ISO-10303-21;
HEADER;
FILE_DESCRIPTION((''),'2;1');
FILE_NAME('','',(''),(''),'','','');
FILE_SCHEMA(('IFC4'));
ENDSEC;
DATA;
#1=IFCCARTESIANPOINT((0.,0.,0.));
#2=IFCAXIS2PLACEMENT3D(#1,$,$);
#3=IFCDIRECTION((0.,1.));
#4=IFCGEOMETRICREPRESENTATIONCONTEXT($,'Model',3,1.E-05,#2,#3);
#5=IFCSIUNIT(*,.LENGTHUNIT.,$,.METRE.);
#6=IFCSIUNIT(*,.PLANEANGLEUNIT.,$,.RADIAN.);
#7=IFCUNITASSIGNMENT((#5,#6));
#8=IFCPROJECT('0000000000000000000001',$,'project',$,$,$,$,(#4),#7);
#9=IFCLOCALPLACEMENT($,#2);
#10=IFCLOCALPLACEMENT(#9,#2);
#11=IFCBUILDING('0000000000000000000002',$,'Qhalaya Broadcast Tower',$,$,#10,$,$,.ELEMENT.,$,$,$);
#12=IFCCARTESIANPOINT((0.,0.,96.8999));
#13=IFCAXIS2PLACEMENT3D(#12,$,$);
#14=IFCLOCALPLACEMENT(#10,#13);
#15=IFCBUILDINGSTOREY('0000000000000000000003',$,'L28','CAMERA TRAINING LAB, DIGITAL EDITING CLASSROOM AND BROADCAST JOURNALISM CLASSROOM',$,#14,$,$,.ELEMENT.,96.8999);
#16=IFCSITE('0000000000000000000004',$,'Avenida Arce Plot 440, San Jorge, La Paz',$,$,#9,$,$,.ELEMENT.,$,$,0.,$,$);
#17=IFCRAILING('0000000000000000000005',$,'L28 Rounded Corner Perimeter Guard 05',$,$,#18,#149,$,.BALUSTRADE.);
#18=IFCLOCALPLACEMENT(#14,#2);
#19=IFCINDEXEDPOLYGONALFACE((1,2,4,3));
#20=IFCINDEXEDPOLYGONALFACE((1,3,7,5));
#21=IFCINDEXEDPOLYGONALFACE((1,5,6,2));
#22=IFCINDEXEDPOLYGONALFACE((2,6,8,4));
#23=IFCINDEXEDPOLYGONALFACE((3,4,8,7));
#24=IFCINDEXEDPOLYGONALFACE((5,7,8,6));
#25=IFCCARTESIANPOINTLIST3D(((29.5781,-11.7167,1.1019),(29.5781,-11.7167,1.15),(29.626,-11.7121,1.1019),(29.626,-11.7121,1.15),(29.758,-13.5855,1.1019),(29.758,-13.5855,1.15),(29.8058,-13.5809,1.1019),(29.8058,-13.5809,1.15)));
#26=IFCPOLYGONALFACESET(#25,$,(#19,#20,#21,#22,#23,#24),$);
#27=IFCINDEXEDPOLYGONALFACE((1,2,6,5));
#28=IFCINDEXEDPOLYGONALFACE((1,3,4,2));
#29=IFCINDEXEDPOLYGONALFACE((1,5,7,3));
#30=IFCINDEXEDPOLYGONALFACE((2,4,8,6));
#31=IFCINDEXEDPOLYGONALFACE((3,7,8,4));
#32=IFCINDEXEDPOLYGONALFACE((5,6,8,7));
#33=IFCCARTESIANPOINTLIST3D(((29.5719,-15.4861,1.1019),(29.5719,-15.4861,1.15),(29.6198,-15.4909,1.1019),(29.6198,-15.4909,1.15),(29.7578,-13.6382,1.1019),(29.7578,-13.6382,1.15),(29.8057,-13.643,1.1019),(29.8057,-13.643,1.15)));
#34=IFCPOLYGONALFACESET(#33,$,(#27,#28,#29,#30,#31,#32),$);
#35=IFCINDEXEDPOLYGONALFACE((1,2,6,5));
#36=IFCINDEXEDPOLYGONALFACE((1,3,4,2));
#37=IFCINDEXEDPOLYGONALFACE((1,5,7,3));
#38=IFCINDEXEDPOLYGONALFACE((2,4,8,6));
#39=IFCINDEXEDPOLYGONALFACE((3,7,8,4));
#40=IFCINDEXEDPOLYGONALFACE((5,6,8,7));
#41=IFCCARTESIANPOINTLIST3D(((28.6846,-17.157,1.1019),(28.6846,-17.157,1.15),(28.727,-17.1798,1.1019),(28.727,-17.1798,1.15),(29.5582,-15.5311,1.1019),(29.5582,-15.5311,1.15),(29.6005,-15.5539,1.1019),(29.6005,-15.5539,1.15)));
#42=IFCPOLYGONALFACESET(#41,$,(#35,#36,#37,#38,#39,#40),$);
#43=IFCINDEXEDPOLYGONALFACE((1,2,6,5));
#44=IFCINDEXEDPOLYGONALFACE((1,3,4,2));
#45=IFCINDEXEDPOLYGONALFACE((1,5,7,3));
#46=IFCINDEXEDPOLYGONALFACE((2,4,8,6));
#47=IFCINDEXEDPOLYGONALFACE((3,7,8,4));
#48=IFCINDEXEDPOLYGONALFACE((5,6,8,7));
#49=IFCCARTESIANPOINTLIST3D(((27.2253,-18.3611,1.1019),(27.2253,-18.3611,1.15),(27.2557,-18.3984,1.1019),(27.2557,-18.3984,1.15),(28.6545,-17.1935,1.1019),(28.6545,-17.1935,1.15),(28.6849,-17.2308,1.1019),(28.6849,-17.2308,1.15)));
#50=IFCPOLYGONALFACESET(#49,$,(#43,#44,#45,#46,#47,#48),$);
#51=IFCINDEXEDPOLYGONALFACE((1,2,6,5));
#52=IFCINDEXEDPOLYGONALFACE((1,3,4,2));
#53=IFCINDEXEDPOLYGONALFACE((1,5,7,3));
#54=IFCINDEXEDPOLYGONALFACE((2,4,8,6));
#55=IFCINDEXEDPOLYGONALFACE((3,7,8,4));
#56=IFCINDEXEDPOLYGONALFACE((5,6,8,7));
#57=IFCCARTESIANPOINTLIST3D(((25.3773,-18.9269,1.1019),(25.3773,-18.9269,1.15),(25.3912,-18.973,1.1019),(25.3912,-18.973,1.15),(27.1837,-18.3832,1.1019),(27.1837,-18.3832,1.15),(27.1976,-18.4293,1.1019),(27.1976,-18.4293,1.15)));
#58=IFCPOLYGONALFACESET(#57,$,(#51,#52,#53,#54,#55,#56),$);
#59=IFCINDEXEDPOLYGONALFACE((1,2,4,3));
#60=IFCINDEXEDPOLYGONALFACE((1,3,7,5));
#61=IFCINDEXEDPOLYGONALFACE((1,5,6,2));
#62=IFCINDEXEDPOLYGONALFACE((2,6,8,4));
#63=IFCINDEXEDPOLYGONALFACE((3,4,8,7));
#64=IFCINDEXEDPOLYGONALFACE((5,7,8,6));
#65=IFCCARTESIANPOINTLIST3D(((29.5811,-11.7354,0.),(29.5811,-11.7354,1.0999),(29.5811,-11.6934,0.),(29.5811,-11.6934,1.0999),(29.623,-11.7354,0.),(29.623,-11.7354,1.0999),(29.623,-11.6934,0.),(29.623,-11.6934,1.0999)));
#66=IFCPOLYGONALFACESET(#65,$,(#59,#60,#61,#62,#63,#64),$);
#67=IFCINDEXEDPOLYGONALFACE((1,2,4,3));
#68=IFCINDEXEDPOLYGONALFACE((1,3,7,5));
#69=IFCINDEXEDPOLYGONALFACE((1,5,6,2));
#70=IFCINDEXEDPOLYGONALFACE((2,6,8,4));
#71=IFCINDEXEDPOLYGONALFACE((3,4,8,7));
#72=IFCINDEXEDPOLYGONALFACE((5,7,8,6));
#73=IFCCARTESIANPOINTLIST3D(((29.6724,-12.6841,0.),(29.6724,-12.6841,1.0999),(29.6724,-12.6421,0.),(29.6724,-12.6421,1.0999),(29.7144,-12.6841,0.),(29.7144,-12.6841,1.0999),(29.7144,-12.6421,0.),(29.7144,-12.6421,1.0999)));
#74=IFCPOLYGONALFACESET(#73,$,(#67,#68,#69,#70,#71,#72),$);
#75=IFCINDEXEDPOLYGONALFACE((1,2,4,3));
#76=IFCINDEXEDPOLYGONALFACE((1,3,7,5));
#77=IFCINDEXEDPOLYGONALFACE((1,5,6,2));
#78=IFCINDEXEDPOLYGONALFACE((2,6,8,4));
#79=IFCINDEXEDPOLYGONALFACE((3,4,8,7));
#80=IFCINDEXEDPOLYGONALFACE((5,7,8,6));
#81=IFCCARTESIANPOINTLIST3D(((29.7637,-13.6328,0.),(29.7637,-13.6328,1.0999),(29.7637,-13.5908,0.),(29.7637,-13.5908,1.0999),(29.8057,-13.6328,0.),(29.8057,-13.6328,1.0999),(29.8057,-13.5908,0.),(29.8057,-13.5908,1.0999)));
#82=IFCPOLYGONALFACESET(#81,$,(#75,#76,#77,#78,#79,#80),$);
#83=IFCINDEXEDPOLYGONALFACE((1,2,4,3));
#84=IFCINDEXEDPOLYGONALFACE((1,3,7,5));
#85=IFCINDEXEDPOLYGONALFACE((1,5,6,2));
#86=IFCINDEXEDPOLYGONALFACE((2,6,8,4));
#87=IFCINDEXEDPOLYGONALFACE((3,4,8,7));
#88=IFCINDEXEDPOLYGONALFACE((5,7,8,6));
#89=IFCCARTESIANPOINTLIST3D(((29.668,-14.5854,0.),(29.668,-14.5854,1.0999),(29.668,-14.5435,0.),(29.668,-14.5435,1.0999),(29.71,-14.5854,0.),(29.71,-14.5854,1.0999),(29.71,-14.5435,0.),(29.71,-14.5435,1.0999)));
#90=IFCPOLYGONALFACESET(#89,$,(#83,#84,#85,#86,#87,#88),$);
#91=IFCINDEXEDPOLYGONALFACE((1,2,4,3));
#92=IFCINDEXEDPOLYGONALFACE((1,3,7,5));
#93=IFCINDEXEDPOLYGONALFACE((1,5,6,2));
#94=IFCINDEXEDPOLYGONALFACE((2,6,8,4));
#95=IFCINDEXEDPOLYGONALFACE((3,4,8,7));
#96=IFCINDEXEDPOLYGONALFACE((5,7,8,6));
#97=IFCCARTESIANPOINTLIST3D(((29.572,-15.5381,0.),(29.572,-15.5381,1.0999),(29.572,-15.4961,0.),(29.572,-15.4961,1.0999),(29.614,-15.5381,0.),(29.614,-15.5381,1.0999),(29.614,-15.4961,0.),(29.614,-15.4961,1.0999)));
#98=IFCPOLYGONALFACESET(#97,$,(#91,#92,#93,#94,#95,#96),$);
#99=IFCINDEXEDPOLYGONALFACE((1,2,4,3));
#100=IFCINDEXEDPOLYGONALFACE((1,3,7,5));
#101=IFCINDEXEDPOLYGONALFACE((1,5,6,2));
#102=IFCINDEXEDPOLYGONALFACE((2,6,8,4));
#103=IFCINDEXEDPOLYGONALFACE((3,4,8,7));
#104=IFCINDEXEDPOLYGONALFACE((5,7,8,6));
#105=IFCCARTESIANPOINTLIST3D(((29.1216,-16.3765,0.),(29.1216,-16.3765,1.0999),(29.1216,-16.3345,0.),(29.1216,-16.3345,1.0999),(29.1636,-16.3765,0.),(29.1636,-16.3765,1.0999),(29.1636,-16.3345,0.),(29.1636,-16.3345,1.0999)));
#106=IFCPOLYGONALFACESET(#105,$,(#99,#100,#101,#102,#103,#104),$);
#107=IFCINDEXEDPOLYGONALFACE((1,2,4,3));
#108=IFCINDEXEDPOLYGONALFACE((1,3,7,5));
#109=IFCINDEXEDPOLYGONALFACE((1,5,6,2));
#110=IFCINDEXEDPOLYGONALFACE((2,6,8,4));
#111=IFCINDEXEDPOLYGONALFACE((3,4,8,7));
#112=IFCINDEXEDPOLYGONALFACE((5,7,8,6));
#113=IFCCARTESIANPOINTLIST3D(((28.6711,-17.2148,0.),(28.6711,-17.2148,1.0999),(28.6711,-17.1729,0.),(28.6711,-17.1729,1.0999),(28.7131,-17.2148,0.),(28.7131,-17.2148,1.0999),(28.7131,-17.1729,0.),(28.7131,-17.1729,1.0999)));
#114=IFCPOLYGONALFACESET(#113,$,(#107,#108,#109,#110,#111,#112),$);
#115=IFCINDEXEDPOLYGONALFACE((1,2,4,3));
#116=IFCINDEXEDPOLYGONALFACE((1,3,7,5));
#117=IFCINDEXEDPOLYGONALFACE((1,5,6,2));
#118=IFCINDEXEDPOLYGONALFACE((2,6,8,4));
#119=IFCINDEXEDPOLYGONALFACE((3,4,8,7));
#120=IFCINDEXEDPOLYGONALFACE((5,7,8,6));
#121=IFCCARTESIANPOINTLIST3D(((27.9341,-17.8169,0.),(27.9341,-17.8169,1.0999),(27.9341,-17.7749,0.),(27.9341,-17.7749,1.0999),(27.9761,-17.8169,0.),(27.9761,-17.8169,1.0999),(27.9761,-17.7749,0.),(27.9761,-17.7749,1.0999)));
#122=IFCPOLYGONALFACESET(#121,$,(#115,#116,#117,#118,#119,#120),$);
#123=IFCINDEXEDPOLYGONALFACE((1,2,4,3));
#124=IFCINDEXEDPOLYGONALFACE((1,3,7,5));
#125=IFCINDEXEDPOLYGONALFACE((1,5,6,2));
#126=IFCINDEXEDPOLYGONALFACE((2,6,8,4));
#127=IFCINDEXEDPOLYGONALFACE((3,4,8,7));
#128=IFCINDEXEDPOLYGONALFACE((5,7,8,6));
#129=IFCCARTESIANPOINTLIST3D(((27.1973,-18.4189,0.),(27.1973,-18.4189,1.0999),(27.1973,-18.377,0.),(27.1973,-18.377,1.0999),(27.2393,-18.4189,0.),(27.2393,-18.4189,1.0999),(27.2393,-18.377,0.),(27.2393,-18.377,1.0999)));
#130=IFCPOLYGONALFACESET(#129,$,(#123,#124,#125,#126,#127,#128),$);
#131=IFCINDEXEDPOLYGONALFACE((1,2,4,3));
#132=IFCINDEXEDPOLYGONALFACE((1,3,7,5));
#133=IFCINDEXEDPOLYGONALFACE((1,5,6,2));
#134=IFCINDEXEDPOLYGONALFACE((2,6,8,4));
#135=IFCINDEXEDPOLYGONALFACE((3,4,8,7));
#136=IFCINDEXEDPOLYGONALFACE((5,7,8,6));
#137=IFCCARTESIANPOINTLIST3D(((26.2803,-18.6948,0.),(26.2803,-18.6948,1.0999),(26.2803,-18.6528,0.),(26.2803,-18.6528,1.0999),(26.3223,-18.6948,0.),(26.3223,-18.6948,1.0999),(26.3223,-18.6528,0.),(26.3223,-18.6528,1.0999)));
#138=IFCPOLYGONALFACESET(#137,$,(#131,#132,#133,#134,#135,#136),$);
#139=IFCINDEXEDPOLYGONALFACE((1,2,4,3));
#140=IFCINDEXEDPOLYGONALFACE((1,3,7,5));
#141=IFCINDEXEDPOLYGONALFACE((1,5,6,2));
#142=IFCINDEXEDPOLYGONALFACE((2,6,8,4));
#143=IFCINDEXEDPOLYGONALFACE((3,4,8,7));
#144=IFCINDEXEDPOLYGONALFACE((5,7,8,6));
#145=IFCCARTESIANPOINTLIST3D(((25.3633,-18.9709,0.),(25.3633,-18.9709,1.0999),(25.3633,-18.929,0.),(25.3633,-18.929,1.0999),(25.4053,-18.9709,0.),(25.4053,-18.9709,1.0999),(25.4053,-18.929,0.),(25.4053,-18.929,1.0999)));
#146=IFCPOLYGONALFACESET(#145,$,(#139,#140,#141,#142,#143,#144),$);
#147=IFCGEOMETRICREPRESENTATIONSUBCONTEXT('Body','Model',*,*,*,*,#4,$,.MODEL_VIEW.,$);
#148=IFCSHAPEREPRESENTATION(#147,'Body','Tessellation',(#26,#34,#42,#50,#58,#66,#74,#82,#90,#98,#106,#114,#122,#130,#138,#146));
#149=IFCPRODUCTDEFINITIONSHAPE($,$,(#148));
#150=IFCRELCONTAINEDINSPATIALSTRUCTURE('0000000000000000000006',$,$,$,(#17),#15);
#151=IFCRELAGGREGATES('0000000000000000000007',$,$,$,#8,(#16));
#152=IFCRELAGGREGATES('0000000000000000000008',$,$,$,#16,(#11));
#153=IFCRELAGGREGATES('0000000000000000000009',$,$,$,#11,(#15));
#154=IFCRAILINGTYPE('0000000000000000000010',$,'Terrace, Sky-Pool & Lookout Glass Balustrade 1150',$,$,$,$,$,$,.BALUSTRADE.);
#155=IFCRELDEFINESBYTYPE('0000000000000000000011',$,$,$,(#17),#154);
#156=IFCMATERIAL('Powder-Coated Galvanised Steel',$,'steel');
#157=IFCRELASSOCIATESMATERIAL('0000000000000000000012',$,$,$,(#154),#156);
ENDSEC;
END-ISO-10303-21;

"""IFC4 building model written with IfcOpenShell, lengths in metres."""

from ifc_helpers import new_model, si_unit, direction, frame, origin, origin_2d, place, context, subcontext, project, spatial, rectangle, extrude, material, type_object, element, save


model = new_model("IFC4")

# Units and contexts
model_context = context("Model", 3, precision=1e-05, world=origin(), true_north=direction((0.0, 1.0)))
body_context = subcontext(model_context, "Body", "Model", "MODEL_VIEW")
ifc_project = project(units=[si_unit("LENGTHUNIT", "METRE"), si_unit("PLANEANGLEUNIT", "RADIAN")], contexts=[model_context])

# Site, building, storey
site_placement = place(None, origin())
site = spatial("IfcSite", under=ifc_project, at=site_placement, Name="Avenida Arce Plot 440, San Jorge, La Paz", CompositionType="ELEMENT", RefElevation=0.0)
building_placement = place(site_placement, origin())
building = spatial("IfcBuilding", under=site, at=building_placement, Name="Qhalaya Broadcast Tower", CompositionType="ELEMENT")
storey_placement = place(building_placement, frame((0.0, 0.0, 96.8999)))
storey = spatial("IfcBuildingStorey", under=building, at=storey_placement, Name="L28", Description="CAMERA TRAINING LAB, DIGITAL EDITING CLASSROOM AND BROADCAST JOURNALISM CLASSROOM", CompositionType="ELEMENT", Elevation=96.8999)

# Railing
ifc_material_1 = material(Name="Powder-Coated Galvanised Steel", Category="steel")
railing_type = type_object("IfcRailingType", Name="Terrace, Sky-Pool & Lookout Glass Balustrade 1150", PredefinedType="BALUSTRADE", material=ifc_material_1)
railing_placement = place(storey_placement, frame((29.6021, -11.7144, 0.0)))
element("IfcRailing", 1, at=railing_placement, inside=storey, type_object=railing_type, Name="L28 Rounded Corner Perimeter Guard 05", PredefinedType="BALUSTRADE", context=body_context, shape_type="SweptSolid", body=[
    extrude(rectangle(XDim=0.0481, YDim=0.0481, at=origin_2d()), frame((0.0, 0.0, 1.126), z_axis=(0.0958, -0.995401, 0.0), x_axis=(0.995401, 0.0958, 0.0)), (0.0, 0.0, 1.0), 1.8774),
    extrude(rectangle(XDim=0.0481, YDim=0.0481, at=origin_2d()), frame((0.1797, -1.9263, 1.126), z_axis=(-0.100084, -0.994979, 0.0), x_axis=(0.994979, -0.100084, 0.0)), (0.0, 0.0, 1.0), 1.8572),
    extrude(rectangle(XDim=0.0481, YDim=0.0481, at=origin_2d()), frame((-0.0227, -3.8281, 1.126), z_axis=(-0.473289, -0.880907, 0.0), x_axis=(0.880907, -0.473289, 0.0)), (0.0, 0.0, 1.0), 1.8457),
    extrude(rectangle(XDim=0.0481, YDim=0.0481, at=origin_2d()), frame((-0.9324, -5.4978, 1.126), z_axis=(-0.77442, -0.632672, 0.0), x_axis=(0.632672, -0.77442, 0.0)), (0.0, 0.0, 1.0), 1.8455),
    extrude(rectangle(XDim=0.0481, YDim=0.0481, at=origin_2d()), frame((-2.4114, -6.6919, 1.126), z_axis=(-0.957566, -0.288213, 0.0), x_axis=(0.288213, -0.957566, 0.0)), (0.0, 0.0, 1.0), 1.8865),
    extrude(rectangle(XDim=0.042, YDim=0.042, at=origin_2d()), origin(), (0.0, 0.0, 1.0), 1.0999),
    extrude(rectangle(XDim=0.042, YDim=0.042, at=origin_2d()), frame((0.0913, -0.9487, 0.0)), (0.0, 0.0, 1.0), 1.0999),
    extrude(rectangle(XDim=0.042, YDim=0.042, at=origin_2d()), frame((0.1826, -1.8975, 0.0)), (0.0, 0.0, 1.0), 1.0999),
    extrude(rectangle(XDim=0.042, YDim=0.042, at=origin_2d()), frame((0.0869, -2.8501, 0.0)), (0.0, 0.0, 1.0), 1.0999),
    extrude(rectangle(XDim=0.042, YDim=0.042, at=origin_2d()), frame((-0.009, -3.8027, 0.0)), (0.0, 0.0, 1.0), 1.0999),
    extrude(rectangle(XDim=0.042, YDim=0.042, at=origin_2d()), frame((-0.4595, -4.6411, 0.0)), (0.0, 0.0, 1.0), 1.0999),
    extrude(rectangle(XDim=0.042, YDim=0.042, at=origin_2d()), frame((-0.9099, -5.4795, 0.0)), (0.0, 0.0, 1.0), 1.0999),
    extrude(rectangle(XDim=0.042, YDim=0.042, at=origin_2d()), frame((-1.647, -6.0815, 0.0)), (0.0, 0.0, 1.0), 1.0999),
    extrude(rectangle(XDim=0.042, YDim=0.042, at=origin_2d()), frame((-2.3838, -6.6836, 0.0)), (0.0, 0.0, 1.0), 1.0999),
    extrude(rectangle(XDim=0.042, YDim=0.042, at=origin_2d()), frame((-3.3008, -6.9595, 0.0)), (0.0, 0.0, 1.0), 1.0999),
    extrude(rectangle(XDim=0.042, YDim=0.042, at=origin_2d()), frame((-4.2178, -7.2356, 0.0)), (0.0, 0.0, 1.0), 1.0999),
])

save(model, "model.ifc")
